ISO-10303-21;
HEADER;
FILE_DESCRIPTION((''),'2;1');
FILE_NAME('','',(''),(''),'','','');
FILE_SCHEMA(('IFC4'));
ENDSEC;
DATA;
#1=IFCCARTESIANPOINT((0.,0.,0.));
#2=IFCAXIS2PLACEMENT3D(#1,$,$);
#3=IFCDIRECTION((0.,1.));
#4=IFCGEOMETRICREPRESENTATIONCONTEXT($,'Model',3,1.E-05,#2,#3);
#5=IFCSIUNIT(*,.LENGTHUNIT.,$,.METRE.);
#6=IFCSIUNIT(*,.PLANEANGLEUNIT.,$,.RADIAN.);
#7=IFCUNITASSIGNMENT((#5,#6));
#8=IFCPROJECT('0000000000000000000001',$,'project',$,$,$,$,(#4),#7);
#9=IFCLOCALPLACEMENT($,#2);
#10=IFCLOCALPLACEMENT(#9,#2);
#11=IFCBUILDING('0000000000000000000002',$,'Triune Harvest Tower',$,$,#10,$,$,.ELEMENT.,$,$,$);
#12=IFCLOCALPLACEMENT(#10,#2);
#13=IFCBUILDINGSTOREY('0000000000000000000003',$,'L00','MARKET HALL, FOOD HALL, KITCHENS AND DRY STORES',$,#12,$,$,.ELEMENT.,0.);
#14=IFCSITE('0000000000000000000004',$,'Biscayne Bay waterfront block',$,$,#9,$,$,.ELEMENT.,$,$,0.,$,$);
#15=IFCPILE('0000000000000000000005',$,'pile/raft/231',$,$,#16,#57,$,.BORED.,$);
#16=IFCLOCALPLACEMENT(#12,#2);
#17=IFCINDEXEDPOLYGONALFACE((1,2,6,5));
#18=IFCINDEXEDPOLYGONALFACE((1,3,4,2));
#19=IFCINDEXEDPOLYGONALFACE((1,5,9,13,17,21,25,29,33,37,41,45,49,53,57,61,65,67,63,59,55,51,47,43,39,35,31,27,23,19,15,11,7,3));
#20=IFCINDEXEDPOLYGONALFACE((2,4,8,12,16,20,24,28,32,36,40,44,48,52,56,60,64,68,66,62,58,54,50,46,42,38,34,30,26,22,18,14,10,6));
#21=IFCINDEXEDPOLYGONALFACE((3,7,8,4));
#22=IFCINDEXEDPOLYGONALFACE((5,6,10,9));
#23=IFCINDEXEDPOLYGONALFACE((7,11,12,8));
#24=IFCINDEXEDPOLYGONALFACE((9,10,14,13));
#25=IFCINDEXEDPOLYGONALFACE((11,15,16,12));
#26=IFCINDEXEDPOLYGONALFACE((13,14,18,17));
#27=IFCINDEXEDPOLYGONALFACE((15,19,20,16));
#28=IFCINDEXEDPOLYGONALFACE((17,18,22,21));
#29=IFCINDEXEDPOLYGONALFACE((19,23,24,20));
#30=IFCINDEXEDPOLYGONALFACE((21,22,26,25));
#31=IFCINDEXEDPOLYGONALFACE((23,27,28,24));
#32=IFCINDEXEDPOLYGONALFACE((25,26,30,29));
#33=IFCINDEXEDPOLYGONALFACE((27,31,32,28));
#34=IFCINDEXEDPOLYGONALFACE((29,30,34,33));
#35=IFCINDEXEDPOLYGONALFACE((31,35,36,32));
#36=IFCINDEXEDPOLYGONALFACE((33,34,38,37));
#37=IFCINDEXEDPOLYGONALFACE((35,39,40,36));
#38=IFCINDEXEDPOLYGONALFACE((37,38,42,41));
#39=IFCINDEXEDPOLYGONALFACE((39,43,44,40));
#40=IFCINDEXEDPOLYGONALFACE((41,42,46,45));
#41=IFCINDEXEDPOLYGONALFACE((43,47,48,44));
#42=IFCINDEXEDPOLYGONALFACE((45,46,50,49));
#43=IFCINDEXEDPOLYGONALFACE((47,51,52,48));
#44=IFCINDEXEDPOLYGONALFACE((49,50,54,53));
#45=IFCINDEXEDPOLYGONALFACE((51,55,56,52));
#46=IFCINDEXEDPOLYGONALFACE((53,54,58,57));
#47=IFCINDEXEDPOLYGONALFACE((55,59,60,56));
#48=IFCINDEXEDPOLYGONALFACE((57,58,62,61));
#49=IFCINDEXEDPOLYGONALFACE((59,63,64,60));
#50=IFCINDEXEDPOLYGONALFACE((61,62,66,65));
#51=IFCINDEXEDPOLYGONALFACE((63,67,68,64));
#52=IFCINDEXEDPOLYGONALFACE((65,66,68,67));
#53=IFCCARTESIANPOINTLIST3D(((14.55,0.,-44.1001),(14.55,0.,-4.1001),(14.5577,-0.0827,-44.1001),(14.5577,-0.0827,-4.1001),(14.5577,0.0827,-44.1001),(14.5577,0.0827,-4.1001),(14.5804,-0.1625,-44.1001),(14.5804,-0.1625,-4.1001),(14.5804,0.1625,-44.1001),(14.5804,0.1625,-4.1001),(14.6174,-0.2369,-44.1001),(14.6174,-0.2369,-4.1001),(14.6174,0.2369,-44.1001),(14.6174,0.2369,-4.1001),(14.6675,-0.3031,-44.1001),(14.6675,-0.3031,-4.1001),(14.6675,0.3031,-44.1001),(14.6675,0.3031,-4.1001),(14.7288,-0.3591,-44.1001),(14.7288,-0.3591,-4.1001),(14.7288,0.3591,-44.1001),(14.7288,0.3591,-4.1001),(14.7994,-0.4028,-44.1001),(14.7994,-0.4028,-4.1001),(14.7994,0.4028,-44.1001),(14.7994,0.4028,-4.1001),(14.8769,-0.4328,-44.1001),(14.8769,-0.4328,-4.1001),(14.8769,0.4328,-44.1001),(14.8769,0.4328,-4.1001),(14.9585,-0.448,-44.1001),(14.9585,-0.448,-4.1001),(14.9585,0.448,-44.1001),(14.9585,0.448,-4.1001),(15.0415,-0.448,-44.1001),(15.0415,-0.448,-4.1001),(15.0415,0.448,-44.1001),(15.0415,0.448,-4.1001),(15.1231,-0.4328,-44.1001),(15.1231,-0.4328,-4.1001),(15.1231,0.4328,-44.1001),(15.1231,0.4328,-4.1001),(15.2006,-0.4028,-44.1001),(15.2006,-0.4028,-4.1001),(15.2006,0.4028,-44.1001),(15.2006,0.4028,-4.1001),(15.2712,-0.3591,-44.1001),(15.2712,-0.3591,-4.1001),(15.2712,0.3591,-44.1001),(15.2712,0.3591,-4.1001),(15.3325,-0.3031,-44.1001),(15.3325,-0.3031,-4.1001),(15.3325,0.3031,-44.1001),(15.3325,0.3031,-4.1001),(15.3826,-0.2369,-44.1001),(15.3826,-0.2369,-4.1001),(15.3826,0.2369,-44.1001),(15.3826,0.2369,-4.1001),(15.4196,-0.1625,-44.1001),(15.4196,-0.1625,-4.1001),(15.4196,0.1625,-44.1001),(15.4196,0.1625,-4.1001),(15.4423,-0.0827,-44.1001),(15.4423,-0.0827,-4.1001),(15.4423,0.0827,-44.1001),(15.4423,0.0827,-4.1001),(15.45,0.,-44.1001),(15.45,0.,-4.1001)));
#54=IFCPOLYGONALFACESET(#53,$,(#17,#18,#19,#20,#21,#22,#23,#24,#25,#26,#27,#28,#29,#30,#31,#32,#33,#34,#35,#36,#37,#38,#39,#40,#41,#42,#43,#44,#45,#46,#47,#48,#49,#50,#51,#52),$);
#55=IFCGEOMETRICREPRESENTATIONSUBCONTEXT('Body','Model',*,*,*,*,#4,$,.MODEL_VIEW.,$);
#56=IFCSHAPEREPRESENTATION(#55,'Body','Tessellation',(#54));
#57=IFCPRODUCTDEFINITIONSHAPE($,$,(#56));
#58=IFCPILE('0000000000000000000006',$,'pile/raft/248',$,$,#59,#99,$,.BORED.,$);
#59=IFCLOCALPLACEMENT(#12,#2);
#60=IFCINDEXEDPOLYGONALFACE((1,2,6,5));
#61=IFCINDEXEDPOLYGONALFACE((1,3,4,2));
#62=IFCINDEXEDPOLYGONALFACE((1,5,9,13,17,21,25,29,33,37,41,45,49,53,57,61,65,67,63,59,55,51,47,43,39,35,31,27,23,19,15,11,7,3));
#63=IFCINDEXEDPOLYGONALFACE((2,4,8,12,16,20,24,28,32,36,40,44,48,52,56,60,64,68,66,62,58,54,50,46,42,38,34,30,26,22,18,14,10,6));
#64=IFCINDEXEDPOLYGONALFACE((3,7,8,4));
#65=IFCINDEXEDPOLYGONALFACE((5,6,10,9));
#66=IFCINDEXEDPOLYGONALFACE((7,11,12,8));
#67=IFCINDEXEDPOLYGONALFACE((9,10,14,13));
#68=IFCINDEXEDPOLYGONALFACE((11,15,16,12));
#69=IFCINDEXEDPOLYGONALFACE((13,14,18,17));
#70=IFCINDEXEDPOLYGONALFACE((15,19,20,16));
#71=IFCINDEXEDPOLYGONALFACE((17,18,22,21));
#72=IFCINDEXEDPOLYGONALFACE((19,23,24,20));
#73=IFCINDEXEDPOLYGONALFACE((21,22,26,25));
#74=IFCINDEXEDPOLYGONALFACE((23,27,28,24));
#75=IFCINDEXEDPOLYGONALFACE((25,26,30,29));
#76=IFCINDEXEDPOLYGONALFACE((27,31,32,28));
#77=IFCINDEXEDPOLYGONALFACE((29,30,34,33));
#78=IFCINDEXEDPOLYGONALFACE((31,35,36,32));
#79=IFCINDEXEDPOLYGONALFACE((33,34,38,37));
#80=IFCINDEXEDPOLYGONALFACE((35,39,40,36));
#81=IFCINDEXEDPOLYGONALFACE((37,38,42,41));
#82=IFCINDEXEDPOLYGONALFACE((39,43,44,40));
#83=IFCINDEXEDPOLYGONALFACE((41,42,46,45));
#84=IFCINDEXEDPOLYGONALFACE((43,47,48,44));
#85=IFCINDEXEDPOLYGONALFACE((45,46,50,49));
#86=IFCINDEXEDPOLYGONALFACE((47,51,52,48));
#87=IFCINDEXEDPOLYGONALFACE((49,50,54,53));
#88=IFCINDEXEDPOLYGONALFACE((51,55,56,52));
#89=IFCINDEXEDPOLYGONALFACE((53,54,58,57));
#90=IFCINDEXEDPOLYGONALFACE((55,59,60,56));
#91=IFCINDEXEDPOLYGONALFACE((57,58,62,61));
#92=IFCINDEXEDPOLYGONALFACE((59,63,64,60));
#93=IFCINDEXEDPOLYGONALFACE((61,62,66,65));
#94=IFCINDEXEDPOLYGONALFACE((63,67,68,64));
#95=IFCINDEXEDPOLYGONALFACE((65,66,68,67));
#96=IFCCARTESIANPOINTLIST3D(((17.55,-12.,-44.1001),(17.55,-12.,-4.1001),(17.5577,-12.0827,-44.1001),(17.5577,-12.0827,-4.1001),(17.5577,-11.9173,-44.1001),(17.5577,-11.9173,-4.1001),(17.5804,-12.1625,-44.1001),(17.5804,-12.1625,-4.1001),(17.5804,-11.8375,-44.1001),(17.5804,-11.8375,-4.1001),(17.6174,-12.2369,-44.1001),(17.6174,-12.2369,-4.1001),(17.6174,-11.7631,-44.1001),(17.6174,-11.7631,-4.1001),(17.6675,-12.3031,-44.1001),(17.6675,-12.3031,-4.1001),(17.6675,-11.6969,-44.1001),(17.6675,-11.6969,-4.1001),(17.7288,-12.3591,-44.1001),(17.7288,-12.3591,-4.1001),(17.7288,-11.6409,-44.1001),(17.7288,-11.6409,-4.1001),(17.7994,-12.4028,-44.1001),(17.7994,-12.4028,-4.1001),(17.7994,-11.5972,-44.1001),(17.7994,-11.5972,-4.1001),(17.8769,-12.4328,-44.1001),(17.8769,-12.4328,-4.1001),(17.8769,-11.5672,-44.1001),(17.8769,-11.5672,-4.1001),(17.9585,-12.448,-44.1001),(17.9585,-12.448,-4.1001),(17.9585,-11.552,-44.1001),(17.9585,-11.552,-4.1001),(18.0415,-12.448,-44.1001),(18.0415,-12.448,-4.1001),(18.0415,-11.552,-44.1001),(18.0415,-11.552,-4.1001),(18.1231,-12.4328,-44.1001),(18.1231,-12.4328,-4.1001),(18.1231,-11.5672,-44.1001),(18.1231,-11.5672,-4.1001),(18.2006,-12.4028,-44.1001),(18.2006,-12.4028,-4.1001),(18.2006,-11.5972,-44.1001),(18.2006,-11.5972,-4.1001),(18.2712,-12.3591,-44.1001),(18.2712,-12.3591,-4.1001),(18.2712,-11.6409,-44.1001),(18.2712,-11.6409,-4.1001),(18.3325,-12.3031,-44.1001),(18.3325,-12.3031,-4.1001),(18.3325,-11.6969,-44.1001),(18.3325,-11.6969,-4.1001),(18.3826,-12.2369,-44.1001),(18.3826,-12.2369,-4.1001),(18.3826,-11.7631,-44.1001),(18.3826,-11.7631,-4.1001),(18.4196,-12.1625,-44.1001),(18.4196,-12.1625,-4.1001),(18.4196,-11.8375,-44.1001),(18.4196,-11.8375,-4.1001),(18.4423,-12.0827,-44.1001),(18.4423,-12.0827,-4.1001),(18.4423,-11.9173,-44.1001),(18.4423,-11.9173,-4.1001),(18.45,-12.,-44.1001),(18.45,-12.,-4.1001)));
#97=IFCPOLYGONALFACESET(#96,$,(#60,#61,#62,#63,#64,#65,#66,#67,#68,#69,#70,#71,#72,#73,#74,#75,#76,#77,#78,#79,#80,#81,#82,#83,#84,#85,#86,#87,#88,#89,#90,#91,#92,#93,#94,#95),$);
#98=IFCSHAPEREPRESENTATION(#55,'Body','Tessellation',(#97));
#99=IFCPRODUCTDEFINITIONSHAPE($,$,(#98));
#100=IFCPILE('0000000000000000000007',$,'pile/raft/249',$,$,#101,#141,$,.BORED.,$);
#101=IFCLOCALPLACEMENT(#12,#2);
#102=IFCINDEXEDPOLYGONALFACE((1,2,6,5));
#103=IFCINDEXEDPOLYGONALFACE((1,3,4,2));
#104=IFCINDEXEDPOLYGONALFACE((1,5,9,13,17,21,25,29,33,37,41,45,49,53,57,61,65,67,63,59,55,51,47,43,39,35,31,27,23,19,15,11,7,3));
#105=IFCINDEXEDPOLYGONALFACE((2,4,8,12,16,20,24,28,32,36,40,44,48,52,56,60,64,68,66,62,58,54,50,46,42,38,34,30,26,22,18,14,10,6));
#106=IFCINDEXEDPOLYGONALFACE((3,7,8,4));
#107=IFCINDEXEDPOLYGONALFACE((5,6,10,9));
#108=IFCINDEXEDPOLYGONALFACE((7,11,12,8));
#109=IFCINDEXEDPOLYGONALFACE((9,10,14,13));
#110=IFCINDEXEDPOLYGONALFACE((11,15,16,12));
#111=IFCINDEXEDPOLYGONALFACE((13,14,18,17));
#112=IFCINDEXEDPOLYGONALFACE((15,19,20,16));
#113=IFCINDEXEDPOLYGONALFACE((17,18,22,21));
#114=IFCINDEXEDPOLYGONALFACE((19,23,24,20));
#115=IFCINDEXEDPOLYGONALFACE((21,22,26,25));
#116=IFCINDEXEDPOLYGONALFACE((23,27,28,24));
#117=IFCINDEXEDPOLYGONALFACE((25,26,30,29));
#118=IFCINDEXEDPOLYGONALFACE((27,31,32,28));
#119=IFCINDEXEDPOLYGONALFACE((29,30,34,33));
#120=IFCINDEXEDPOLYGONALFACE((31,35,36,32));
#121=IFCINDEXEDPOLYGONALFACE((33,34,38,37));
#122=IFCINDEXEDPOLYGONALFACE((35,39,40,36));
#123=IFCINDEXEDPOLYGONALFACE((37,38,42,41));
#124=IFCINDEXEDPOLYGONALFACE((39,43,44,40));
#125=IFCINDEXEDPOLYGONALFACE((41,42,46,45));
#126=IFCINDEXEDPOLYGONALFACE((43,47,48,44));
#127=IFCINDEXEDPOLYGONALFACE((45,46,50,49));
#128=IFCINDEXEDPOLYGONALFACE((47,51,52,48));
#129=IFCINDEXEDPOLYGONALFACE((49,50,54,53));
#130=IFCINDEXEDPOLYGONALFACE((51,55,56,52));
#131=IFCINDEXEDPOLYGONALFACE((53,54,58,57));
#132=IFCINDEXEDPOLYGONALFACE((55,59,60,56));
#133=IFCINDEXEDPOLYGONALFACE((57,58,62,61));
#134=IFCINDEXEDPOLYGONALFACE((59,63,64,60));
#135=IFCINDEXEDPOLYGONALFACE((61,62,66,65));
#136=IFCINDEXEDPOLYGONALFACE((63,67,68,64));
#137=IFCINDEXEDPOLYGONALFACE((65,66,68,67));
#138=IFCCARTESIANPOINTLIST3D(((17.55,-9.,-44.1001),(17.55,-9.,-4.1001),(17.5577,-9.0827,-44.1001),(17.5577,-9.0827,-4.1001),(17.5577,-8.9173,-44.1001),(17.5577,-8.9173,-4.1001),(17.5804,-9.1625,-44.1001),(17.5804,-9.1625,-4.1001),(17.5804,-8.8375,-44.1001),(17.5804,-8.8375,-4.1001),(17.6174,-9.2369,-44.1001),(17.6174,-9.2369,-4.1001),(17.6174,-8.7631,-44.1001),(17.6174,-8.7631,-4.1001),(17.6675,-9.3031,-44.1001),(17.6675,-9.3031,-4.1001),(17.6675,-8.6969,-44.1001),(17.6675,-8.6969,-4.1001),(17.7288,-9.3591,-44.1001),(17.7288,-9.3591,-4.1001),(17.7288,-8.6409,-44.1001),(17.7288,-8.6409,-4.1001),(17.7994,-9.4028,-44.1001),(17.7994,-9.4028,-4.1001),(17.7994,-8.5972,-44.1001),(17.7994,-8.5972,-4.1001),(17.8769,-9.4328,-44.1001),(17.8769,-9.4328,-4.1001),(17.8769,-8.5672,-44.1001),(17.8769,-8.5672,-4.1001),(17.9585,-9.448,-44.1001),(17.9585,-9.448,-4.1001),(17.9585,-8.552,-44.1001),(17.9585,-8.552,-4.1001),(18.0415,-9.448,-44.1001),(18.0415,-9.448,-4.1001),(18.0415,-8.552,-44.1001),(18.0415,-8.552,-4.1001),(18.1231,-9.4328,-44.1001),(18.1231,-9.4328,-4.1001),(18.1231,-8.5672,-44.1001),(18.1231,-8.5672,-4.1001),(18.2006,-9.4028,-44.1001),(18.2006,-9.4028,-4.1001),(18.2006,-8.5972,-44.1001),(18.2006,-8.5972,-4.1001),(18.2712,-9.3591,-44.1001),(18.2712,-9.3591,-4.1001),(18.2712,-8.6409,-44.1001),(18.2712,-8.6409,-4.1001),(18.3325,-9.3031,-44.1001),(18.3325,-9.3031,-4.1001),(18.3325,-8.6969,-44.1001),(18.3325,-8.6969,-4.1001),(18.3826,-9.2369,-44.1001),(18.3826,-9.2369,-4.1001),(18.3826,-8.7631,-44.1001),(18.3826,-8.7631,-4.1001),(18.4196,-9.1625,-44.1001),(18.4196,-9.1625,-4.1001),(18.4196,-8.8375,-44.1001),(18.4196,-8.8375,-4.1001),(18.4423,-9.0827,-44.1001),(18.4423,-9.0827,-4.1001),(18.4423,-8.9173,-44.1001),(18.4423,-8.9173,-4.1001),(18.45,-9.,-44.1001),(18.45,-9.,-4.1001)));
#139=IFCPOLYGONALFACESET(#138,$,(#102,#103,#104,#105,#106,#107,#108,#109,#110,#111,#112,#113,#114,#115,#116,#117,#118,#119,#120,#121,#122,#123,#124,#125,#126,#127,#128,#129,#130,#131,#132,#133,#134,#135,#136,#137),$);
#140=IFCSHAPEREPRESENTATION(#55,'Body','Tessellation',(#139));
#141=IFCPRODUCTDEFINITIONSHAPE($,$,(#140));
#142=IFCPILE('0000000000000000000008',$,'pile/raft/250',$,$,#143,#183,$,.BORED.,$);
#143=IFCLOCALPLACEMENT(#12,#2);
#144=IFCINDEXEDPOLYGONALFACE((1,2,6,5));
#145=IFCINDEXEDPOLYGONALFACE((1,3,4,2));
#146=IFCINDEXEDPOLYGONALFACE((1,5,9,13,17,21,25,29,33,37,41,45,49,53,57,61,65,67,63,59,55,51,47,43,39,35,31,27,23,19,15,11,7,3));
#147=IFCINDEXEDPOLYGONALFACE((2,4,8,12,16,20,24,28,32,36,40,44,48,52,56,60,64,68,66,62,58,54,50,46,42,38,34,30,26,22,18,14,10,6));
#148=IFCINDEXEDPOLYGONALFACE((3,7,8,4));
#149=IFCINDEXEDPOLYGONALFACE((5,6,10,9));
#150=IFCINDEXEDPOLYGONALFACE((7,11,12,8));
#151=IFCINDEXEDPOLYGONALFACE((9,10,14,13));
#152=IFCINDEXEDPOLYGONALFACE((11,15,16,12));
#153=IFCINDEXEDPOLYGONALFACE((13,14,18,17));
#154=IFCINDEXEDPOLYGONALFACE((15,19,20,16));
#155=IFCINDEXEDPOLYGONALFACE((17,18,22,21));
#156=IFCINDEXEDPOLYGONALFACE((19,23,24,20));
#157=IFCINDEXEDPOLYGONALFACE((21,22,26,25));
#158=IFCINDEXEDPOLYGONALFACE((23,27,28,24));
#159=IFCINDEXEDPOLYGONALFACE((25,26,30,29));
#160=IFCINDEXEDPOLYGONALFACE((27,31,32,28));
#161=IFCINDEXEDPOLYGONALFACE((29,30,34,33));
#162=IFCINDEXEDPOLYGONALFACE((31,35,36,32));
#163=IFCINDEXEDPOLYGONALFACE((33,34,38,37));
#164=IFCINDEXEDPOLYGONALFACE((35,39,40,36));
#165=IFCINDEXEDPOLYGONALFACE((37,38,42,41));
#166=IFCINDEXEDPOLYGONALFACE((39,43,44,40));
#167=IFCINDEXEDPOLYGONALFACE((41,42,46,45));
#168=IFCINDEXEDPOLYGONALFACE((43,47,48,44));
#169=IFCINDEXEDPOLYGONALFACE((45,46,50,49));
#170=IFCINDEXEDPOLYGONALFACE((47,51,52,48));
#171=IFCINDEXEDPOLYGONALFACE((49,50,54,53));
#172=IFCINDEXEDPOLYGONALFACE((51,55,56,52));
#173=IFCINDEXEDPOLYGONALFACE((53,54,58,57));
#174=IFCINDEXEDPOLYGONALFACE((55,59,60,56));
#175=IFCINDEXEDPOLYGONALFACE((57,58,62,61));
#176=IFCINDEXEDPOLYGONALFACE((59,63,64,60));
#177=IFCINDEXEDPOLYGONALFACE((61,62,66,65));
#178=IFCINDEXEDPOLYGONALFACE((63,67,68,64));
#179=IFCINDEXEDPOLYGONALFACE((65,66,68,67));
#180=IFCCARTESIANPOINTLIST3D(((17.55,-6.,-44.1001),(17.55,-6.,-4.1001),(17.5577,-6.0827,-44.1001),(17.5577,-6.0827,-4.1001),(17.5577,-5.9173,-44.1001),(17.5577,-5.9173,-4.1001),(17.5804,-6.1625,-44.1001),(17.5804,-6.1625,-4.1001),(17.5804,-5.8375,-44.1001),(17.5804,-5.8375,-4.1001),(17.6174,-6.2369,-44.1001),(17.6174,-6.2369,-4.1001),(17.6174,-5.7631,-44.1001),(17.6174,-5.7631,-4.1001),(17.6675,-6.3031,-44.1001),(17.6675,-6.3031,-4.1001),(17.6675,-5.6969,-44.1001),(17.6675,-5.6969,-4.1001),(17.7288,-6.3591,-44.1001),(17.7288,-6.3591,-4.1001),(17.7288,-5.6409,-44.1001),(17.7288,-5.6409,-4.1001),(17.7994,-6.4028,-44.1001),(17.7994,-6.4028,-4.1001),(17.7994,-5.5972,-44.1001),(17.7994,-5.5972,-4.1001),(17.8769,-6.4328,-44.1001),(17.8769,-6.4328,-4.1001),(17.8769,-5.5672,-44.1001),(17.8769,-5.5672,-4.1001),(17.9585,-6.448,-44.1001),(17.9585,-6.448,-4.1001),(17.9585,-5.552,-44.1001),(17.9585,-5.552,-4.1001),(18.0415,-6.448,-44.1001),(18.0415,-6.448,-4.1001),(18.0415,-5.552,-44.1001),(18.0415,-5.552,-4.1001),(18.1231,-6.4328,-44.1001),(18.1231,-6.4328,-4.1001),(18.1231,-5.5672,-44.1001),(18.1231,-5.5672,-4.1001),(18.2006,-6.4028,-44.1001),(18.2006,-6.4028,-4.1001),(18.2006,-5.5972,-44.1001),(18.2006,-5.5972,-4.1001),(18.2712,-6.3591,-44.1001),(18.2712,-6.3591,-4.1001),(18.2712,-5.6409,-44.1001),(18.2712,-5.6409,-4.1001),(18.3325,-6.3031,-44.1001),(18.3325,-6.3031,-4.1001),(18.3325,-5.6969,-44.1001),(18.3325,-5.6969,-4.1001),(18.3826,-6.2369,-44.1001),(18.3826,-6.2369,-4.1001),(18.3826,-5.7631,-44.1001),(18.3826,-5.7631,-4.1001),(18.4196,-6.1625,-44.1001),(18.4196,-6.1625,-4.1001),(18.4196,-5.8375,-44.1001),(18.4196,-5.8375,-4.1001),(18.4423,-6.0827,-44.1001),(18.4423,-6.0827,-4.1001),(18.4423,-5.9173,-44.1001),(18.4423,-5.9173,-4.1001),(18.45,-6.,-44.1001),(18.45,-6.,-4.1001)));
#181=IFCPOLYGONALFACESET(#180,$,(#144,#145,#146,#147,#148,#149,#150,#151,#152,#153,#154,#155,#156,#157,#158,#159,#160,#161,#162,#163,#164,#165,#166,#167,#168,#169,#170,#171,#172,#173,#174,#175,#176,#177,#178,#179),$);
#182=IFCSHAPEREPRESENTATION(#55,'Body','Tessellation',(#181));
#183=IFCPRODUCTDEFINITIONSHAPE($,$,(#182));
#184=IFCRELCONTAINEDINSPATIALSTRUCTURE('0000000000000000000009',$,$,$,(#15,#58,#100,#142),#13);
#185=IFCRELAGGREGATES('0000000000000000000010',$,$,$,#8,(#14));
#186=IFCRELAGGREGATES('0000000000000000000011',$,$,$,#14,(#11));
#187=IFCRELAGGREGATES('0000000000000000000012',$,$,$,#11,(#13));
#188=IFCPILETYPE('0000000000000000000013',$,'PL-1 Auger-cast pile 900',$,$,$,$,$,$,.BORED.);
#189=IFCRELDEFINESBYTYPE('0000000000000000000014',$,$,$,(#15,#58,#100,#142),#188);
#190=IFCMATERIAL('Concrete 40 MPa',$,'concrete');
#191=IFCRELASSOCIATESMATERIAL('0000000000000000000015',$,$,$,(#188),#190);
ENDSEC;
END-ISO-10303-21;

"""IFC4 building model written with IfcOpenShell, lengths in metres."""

from ifc_helpers import new_model, si_unit, direction, frame, origin, origin_2d, place, context, subcontext, project, spatial, circle, extrude, source, transform, mapped, material, material_profile, profile_set, type_object, element, save


model = new_model("IFC4")

# Units and contexts
model_context = context("Model", 3, precision=1e-05, world=origin(), true_north=direction((0.0, 1.0)))
body_context = subcontext(model_context, "Body", "Model", "MODEL_VIEW")
ifc_project = project(units=[si_unit("LENGTHUNIT", "METRE"), si_unit("PLANEANGLEUNIT", "RADIAN")], contexts=[model_context])

# Site, building, storey
site_placement = place(None, origin())
site = spatial("IfcSite", under=ifc_project, at=site_placement, Name="Biscayne Bay waterfront block", CompositionType="ELEMENT", RefElevation=0.0)
building_placement = place(site_placement, origin())
building = spatial("IfcBuilding", under=site, at=building_placement, Name="Triune Harvest Tower", CompositionType="ELEMENT")
storey_placement = place(building_placement, origin())
storey = spatial("IfcBuildingStorey", under=building, at=storey_placement, Name="L00", Description="MARKET HALL, FOOD HALL, KITCHENS AND DRY STORES", CompositionType="ELEMENT", Elevation=0.0)

# Piles
ifc_material_1 = material(Name="Concrete 40 MPa", Category="concrete")
ifc_material_profile_1 = material_profile(ifc_material_1, circle(Radius=0.45, at=origin_2d()), Name="Bored 900")
ifc_profile_set_1 = profile_set([ifc_material_profile_1], Name="Concrete 40 MPa")
pile_type = type_object("IfcPileType", Name="PL-1 Auger-cast pile 900", PredefinedType="BORED", material=ifc_profile_set_1)
shared_shape_1 = source(origin(), body_context, "Body", "SweptSolid", [
    extrude(circle(Radius=0.45, at=origin_2d()), origin(), (0.0, 0.0, 1.0), 40.0),
])
for number, where, z_axis, x_axis, name in (
    (1, (15.0, 0.0, -4.1001), (0.0, 0.0, -1.0), (1.0, 0.0, 0.0), "pile/raft/231"),
    (2, (18.0, -12.0, -4.1001), (0.0, 0.0, -1.0), (1.0, 0.0, 0.0), "pile/raft/248"),
    (3, (18.0, -9.0, -4.1001), (0.0, 0.0, -1.0), (1.0, 0.0, 0.0), "pile/raft/249"),
    (4, (18.0, -6.0, -4.1001), (0.0, 0.0, -1.0), (1.0, 0.0, 0.0), "pile/raft/250"),
):
    element("IfcPile", number, at=place(storey_placement, frame(where, z_axis=z_axis, x_axis=x_axis)), inside=storey, type_object=pile_type, Name=name, PredefinedType="BORED", context=body_context, shape_type="MappedRepresentation", body=[
        mapped(shared_shape_1, transform((0.0, 0.0, 0.0), scale=1.0)),
    ])

save(model, "model.ifc")
